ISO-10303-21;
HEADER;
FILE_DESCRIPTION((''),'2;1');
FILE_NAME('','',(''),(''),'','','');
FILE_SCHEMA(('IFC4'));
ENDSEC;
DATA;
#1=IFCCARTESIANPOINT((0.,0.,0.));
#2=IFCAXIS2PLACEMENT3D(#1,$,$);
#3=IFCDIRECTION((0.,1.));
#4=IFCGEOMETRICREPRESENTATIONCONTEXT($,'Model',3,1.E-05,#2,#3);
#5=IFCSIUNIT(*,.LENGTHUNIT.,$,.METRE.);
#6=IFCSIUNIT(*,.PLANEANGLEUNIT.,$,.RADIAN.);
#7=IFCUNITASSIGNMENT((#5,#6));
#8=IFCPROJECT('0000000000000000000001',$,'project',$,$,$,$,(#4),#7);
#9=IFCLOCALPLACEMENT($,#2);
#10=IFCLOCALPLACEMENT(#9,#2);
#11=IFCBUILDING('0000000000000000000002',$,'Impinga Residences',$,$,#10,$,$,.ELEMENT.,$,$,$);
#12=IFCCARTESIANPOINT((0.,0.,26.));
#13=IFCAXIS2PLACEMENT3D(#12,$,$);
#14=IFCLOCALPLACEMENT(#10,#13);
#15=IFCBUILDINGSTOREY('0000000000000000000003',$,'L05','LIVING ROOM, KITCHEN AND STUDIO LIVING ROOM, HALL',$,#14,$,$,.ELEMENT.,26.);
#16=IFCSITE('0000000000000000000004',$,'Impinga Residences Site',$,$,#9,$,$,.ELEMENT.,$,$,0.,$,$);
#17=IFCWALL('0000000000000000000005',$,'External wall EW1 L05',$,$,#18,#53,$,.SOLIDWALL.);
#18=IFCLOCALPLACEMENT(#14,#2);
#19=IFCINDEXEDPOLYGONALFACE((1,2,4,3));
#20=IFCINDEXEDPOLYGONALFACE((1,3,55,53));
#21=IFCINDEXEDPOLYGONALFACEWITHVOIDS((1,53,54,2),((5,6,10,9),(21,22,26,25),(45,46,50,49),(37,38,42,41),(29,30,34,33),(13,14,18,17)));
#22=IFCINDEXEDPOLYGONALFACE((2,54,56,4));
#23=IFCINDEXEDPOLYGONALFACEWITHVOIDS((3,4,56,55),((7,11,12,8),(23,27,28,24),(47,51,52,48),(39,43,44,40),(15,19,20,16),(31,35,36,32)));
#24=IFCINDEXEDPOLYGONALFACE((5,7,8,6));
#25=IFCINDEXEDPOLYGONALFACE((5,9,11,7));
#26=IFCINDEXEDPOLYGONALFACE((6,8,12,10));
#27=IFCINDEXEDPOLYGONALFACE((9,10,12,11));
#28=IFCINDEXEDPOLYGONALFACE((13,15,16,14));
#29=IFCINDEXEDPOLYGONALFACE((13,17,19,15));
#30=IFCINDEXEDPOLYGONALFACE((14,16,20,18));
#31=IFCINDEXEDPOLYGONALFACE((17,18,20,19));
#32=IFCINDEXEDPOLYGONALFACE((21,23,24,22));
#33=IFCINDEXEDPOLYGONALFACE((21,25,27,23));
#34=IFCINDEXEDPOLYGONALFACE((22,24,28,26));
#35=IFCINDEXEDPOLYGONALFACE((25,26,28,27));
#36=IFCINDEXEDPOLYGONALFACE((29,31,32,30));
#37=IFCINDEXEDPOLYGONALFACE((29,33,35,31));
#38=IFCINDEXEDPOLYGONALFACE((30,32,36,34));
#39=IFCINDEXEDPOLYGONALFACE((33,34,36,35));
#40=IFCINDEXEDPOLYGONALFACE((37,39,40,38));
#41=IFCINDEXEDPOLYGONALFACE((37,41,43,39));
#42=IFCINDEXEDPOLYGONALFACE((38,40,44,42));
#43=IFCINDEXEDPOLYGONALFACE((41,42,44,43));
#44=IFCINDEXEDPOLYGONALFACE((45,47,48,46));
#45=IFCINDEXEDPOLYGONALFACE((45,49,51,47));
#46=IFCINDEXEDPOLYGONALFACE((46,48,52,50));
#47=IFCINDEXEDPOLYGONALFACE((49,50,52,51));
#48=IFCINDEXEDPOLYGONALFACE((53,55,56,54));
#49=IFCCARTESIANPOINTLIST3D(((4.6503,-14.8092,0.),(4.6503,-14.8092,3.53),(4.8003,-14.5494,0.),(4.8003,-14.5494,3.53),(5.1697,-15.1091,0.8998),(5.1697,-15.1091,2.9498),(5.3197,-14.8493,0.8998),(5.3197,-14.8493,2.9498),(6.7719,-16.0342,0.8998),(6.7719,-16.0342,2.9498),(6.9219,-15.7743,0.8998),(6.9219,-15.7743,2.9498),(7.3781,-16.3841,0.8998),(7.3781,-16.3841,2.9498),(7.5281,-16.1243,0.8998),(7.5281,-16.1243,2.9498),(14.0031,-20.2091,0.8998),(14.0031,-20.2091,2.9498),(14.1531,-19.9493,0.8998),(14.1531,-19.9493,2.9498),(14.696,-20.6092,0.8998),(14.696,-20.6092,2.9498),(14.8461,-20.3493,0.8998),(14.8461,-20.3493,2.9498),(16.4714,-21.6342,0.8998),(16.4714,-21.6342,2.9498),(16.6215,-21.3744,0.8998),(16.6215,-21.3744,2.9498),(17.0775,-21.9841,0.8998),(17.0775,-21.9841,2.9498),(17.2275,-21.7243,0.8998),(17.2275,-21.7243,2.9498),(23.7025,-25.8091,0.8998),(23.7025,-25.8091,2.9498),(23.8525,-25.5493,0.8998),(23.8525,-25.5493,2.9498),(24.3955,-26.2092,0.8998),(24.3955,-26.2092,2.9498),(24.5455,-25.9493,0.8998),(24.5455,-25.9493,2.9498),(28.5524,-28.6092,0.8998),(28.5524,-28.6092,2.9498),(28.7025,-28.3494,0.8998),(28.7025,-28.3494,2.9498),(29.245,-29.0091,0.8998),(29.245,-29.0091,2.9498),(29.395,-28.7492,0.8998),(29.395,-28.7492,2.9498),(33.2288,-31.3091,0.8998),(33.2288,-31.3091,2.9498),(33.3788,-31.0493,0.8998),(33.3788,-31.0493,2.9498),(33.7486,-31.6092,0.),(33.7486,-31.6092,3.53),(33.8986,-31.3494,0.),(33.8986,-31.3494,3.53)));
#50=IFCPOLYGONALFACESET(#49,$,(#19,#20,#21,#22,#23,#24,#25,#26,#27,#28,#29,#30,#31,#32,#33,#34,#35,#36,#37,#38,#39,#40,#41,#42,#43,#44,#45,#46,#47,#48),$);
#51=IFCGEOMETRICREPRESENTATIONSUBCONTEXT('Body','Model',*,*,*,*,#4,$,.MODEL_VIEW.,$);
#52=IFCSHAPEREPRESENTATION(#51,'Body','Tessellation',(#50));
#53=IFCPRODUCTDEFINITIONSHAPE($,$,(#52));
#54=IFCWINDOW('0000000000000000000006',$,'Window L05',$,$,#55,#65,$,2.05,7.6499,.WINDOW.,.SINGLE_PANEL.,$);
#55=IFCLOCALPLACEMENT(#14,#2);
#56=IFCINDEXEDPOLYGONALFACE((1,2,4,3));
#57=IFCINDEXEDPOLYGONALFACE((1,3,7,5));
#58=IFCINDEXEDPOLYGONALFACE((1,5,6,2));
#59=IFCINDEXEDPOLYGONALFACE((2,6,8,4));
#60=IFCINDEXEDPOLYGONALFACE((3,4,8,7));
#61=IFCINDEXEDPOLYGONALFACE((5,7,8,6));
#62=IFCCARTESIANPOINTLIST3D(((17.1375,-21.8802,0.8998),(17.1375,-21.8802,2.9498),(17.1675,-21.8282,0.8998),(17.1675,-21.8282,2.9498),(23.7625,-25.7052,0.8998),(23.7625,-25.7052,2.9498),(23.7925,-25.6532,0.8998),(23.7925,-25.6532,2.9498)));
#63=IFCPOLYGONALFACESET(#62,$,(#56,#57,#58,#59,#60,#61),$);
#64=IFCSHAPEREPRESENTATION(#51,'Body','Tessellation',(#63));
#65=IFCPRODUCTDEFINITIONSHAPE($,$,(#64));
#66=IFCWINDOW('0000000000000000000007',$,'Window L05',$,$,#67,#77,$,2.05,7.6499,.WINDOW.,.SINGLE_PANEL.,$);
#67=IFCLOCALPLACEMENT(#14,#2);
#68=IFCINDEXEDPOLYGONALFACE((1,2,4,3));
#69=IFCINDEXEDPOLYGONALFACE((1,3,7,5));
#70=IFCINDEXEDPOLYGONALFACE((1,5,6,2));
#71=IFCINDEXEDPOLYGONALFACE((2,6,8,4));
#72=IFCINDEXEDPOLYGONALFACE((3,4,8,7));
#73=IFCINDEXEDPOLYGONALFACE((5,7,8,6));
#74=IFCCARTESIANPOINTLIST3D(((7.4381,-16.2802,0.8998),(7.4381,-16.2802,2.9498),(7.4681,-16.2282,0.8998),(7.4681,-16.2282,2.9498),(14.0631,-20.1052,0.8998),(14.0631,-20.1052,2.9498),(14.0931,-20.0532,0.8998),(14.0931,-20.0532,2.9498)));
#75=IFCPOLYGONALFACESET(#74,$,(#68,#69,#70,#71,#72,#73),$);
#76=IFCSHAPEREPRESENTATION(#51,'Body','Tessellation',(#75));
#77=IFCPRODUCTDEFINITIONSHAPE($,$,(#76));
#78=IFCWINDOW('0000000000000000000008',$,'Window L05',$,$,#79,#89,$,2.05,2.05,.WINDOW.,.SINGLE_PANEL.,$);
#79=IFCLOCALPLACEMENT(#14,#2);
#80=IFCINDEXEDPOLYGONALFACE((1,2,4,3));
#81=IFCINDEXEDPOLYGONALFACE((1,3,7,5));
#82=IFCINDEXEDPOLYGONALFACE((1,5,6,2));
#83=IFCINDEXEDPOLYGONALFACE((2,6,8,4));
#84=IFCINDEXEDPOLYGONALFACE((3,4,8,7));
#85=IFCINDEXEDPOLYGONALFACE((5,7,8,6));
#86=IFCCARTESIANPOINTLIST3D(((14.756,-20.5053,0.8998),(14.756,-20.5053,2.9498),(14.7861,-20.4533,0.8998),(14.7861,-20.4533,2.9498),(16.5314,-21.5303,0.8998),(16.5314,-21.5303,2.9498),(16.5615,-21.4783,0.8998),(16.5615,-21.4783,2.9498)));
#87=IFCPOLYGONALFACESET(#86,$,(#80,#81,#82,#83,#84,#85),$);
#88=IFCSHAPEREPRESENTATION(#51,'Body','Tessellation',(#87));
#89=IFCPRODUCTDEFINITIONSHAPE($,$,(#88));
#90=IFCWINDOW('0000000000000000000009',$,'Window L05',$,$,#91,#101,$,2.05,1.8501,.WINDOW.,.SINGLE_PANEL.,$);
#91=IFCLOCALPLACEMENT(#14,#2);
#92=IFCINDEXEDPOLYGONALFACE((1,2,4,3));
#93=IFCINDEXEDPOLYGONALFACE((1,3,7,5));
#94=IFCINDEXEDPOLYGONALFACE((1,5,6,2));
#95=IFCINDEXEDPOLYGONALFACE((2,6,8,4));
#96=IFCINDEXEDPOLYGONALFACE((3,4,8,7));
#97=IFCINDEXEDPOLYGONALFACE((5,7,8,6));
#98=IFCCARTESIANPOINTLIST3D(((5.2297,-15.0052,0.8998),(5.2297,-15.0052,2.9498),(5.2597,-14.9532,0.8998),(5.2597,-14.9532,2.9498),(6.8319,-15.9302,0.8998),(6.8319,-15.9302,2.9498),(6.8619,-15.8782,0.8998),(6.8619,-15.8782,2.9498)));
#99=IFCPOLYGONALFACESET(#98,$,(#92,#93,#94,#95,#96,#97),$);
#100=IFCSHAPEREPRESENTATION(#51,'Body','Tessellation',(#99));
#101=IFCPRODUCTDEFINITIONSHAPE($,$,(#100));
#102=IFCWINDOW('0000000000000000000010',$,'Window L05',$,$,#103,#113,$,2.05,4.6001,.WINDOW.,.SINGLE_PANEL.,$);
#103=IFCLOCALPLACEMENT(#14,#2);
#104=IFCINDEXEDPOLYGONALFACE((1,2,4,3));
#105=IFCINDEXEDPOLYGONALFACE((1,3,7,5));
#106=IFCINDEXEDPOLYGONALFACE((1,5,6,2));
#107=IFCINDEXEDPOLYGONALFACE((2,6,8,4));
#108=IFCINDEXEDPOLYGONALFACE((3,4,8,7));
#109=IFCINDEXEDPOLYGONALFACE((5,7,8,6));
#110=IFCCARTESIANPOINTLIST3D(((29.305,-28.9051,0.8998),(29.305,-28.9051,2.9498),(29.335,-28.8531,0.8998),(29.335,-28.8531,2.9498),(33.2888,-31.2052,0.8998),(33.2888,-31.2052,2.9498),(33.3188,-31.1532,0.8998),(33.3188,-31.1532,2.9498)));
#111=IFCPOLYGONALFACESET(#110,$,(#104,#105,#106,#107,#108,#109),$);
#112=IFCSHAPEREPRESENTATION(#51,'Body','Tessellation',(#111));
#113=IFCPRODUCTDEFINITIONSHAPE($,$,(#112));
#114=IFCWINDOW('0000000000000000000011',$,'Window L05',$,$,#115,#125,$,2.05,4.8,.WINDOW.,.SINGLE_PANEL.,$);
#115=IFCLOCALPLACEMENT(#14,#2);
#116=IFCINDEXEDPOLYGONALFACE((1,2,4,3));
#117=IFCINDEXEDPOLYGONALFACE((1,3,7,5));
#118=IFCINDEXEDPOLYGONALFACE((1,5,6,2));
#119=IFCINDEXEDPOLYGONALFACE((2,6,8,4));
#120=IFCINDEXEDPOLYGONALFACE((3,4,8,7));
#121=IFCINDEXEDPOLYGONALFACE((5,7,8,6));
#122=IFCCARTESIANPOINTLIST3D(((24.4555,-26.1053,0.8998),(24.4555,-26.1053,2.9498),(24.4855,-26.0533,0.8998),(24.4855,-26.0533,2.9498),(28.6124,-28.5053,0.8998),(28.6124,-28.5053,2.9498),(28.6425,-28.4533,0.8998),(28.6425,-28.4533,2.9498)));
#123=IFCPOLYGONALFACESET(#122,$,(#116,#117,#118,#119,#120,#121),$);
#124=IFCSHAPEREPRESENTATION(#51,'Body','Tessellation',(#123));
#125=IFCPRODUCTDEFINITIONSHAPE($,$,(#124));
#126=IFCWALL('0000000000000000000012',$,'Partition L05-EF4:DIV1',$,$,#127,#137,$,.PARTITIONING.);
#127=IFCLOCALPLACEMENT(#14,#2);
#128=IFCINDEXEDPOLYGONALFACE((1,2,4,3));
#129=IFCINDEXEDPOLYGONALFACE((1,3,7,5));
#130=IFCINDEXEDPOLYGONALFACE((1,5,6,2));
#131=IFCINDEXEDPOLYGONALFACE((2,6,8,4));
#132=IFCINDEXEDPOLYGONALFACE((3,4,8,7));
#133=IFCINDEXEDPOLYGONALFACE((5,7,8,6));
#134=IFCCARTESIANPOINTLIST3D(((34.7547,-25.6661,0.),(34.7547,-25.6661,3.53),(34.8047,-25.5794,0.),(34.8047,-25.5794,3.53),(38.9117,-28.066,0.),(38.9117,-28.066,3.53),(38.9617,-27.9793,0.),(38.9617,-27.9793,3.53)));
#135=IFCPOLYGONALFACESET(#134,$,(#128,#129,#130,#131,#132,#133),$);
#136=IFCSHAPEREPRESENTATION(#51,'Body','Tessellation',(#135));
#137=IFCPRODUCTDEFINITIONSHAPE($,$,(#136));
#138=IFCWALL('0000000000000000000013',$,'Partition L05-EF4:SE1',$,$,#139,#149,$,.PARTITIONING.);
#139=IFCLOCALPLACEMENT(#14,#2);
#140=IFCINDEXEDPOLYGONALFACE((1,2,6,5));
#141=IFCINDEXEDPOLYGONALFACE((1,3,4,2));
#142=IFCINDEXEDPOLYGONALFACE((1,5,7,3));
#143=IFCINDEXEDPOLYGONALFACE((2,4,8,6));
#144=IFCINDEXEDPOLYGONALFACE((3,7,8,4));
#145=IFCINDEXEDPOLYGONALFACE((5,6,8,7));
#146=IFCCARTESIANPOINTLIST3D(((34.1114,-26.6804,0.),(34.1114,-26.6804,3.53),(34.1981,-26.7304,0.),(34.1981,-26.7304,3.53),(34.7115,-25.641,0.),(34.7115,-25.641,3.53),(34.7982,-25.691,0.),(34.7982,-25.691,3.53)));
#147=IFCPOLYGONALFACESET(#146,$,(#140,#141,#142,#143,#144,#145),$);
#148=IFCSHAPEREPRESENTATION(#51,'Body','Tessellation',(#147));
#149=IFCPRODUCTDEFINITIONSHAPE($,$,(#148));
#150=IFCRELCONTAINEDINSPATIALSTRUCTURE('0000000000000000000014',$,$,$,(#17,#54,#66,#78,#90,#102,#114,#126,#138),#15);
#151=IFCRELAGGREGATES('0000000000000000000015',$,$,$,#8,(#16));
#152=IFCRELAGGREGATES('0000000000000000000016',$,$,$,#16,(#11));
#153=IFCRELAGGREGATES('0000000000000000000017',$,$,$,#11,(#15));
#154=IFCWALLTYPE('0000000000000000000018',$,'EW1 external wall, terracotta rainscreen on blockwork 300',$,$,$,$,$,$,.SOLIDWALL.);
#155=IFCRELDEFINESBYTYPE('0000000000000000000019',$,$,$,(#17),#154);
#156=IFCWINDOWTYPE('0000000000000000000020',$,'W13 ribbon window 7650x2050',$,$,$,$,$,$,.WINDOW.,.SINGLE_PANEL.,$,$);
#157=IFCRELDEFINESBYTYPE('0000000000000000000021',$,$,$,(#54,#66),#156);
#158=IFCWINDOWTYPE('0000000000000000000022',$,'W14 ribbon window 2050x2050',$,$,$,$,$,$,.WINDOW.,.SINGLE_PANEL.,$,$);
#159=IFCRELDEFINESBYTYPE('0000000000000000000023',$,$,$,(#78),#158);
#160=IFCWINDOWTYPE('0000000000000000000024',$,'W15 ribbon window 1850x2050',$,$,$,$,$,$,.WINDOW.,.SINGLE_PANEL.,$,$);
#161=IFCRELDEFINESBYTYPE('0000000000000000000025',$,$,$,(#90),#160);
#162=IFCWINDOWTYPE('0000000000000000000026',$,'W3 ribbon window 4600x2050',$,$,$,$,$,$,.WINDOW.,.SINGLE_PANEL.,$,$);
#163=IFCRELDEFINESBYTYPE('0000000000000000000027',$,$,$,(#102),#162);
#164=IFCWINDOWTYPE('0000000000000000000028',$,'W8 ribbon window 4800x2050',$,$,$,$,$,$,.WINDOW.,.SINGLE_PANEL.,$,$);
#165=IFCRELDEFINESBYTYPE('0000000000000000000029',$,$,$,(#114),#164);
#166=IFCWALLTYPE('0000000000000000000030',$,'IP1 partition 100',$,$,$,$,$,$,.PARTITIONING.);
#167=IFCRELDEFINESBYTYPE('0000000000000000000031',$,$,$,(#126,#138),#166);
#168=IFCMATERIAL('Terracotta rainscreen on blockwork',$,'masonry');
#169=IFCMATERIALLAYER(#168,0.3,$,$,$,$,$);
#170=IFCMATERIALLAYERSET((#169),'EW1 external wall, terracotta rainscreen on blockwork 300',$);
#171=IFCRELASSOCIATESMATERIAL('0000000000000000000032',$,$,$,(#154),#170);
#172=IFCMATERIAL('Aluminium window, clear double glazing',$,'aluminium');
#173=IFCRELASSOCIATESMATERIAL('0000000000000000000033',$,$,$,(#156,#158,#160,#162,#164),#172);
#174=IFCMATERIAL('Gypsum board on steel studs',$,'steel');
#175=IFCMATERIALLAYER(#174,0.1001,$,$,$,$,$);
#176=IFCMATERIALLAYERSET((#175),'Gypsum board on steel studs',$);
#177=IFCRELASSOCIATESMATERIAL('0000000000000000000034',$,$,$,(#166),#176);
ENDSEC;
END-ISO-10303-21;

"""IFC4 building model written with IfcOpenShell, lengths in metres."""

from ifc_helpers import new_model, si_unit, direction, frame, frame_2d, origin, place, context, subcontext, project, spatial, rectangle, extrude, material, layer, layer_set, type_object, element, fill, save


model = new_model("IFC4")

# Units and contexts
model_context = context("Model", 3, precision=1e-05, world=origin(), true_north=direction((0.0, 1.0)))
body_context = subcontext(model_context, "Body", "Model", "MODEL_VIEW")
ifc_project = project(units=[si_unit("LENGTHUNIT", "METRE"), si_unit("PLANEANGLEUNIT", "RADIAN")], contexts=[model_context])

# Site, building, storey
site_placement = place(None, origin())
site = spatial("IfcSite", under=ifc_project, at=site_placement, Name="Impinga Residences Site", CompositionType="ELEMENT", RefElevation=0.0)
building_placement = place(site_placement, origin())
building = spatial("IfcBuilding", under=site, at=building_placement, Name="Impinga Residences", CompositionType="ELEMENT")
storey_placement = place(building_placement, frame((0.0, 0.0, 26.0)))
storey = spatial("IfcBuildingStorey", under=building, at=storey_placement, Name="L05", Description="LIVING ROOM, KITCHEN AND STUDIO LIVING ROOM, HALL", CompositionType="ELEMENT", Elevation=26.0)

# Shared definitions
ifc_material_1 = material(Name="Terracotta rainscreen on blockwork", Category="masonry")
ifc_layer_1 = layer(ifc_material_1, 0.3)
ifc_layer_set_1 = layer_set([ifc_layer_1], Name="EW1 external wall, terracotta rainscreen on blockwork 300")
wall_type_1 = type_object("IfcWallType", Name="EW1 external wall, terracotta rainscreen on blockwork 300", PredefinedType="SOLIDWALL", material=ifc_layer_set_1)

# Wall, openings, windows
wall_1_placement = place(storey_placement, frame((33.8235, -31.4792, 0.0), z_axis=(0.0, 0.0, 1.0), x_axis=(-0.866024, 0.500002, 0.0)))
wall_1 = element("IfcWall", 1, at=wall_1_placement, inside=storey, type_object=wall_type_1, Name="External wall EW1 L05", PredefinedType="SOLIDWALL", context=body_context, shape_type="SweptSolid", body=[
    extrude(rectangle(XDim=33.5999, YDim=0.3, at=frame_2d((16.7998, 0.0))), origin(), (0.0, 0.0, 1.0), 3.53),
])
opening_1_placement = place(wall_1_placement, frame((0.6001, 0.0, 0.8999)))
opening_1 = element("IfcOpeningElement", 2, at=opening_1_placement, cuts=wall_1, PredefinedType="OPENING", context=body_context, shape_type="SweptSolid", body=[
    extrude(rectangle(XDim=4.6001, YDim=2.05, at=frame_2d((2.3, 1.0249))), frame((0.0, 0.1599, 0.0), z_axis=(0.0, -1.0, 0.0), x_axis=(1.0, 0.0, 0.0)), (0.0, 0.0, 1.0), 0.3201),
])
opening_2_placement = place(wall_1_placement, frame((6.0, 0.0, 0.8999)))
opening_2 = element("IfcOpeningElement", 3, at=opening_2_placement, cuts=wall_1, PredefinedType="OPENING", context=body_context, shape_type="SweptSolid", body=[
    extrude(rectangle(XDim=4.8, YDim=2.05, at=frame_2d((2.3999, 1.0249))), frame((0.0, 0.1599, 0.0), z_axis=(0.0, -1.0, 0.0), x_axis=(1.0, 0.0, 0.0)), (0.0, 0.0, 1.0), 0.3201),
])
opening_3_placement = place(wall_1_placement, frame((11.6001, 0.0, 0.8999)))
opening_3 = element("IfcOpeningElement", 4, at=opening_3_placement, cuts=wall_1, PredefinedType="OPENING", context=body_context, shape_type="SweptSolid", body=[
    extrude(rectangle(XDim=7.6499, YDim=2.05, at=frame_2d((3.825, 1.0249))), frame((0.0, 0.1599, 0.0), z_axis=(0.0, -1.0, 0.0), x_axis=(1.0, 0.0, 0.0)), (0.0, 0.0, 1.0), 0.3201),
])
opening_4_placement = place(wall_1_placement, frame((19.95, 0.0, 0.8999)))
opening_4 = element("IfcOpeningElement", 5, at=opening_4_placement, cuts=wall_1, PredefinedType="OPENING", context=body_context, shape_type="SweptSolid", body=[
    extrude(rectangle(XDim=2.05, YDim=2.05, at=frame_2d((1.0249, 1.0249))), frame((0.0, 0.1599, 0.0), z_axis=(0.0, -1.0, 0.0), x_axis=(1.0, 0.0, 0.0)), (0.0, 0.0, 1.0), 0.3201),
])
opening_5_placement = place(wall_1_placement, frame((22.8, 0.0, 0.8999)))
opening_5 = element("IfcOpeningElement", 6, at=opening_5_placement, cuts=wall_1, PredefinedType="OPENING", context=body_context, shape_type="SweptSolid", body=[
    extrude(rectangle(XDim=7.6499, YDim=2.05, at=frame_2d((3.825, 1.0249))), frame((0.0, 0.1599, 0.0), z_axis=(0.0, -1.0, 0.0), x_axis=(1.0, 0.0, 0.0)), (0.0, 0.0, 1.0), 0.3201),
])
opening_6_placement = place(wall_1_placement, frame((31.1499, 0.0, 0.8999)))
opening_6 = element("IfcOpeningElement", 7, at=opening_6_placement, cuts=wall_1, PredefinedType="OPENING", context=body_context, shape_type="SweptSolid", body=[
    extrude(rectangle(XDim=1.8501, YDim=2.05, at=frame_2d((0.925, 1.0249))), frame((0.0, 0.1599, 0.0), z_axis=(0.0, -1.0, 0.0), x_axis=(1.0, 0.0, 0.0)), (0.0, 0.0, 1.0), 0.3201),
])
ifc_material_2 = material(Name="Aluminium window, clear double glazing", Category="aluminium")
window_type_1 = type_object("IfcWindowType", Name="W13 ribbon window 7650x2050", PartitioningType="SINGLE_PANEL", PredefinedType="WINDOW", material=ifc_material_2)
window_1_placement = place(opening_3_placement, origin())
window_1 = element("IfcWindow", 8, at=window_1_placement, inside=storey, type_object=window_type_1, Name="Window L05", OverallHeight=2.05, OverallWidth=7.6499, PartitioningType="SINGLE_PANEL", PredefinedType="WINDOW", context=body_context, shape_type="SweptSolid", body=[
    extrude(rectangle(XDim=7.6499, YDim=2.05, at=frame_2d((3.825, 1.0249))), frame((0.0, 0.03, 0.0), z_axis=(0.0, -1.0, 0.0), x_axis=(1.0, 0.0, 0.0)), (0.0, 0.0, 1.0), 0.0601),
])
fill(opening_3, window_1)
window_2_placement = place(opening_5_placement, origin())
window_2 = element("IfcWindow", 9, at=window_2_placement, inside=storey, type_object=window_type_1, Name="Window L05", OverallHeight=2.05, OverallWidth=7.6499, PartitioningType="SINGLE_PANEL", PredefinedType="WINDOW", context=body_context, shape_type="SweptSolid", body=[
    extrude(rectangle(XDim=7.6499, YDim=2.05, at=frame_2d((3.825, 1.0249))), frame((0.0, 0.03, 0.0), z_axis=(0.0, -1.0, 0.0), x_axis=(1.0, 0.0, 0.0)), (0.0, 0.0, 1.0), 0.0601),
])
fill(opening_5, window_2)
window_type_2 = type_object("IfcWindowType", Name="W14 ribbon window 2050x2050", PartitioningType="SINGLE_PANEL", PredefinedType="WINDOW", material=ifc_material_2)
window_3_placement = place(opening_4_placement, origin())
window_3 = element("IfcWindow", 10, at=window_3_placement, inside=storey, type_object=window_type_2, Name="Window L05", OverallHeight=2.05, OverallWidth=2.05, PartitioningType="SINGLE_PANEL", PredefinedType="WINDOW", context=body_context, shape_type="SweptSolid", body=[
    extrude(rectangle(XDim=2.05, YDim=2.05, at=frame_2d((1.0249, 1.0249))), frame((0.0, 0.03, 0.0), z_axis=(0.0, -1.0, 0.0), x_axis=(1.0, 0.0, 0.0)), (0.0, 0.0, 1.0), 0.0601),
])
fill(opening_4, window_3)
window_type_3 = type_object("IfcWindowType", Name="W15 ribbon window 1850x2050", PartitioningType="SINGLE_PANEL", PredefinedType="WINDOW", material=ifc_material_2)
window_4_placement = place(opening_6_placement, origin())
window_4 = element("IfcWindow", 11, at=window_4_placement, inside=storey, type_object=window_type_3, Name="Window L05", OverallHeight=2.05, OverallWidth=1.8501, PartitioningType="SINGLE_PANEL", PredefinedType="WINDOW", context=body_context, shape_type="SweptSolid", body=[
    extrude(rectangle(XDim=1.8501, YDim=2.05, at=frame_2d((0.925, 1.0249))), frame((0.0, 0.03, 0.0), z_axis=(0.0, -1.0, 0.0), x_axis=(1.0, 0.0, 0.0)), (0.0, 0.0, 1.0), 0.0601),
])
fill(opening_6, window_4)
window_type_4 = type_object("IfcWindowType", Name="W3 ribbon window 4600x2050", PartitioningType="SINGLE_PANEL", PredefinedType="WINDOW", material=ifc_material_2)
window_5_placement = place(opening_1_placement, origin())
window_5 = element("IfcWindow", 12, at=window_5_placement, inside=storey, type_object=window_type_4, Name="Window L05", OverallHeight=2.05, OverallWidth=4.6001, PartitioningType="SINGLE_PANEL", PredefinedType="WINDOW", context=body_context, shape_type="SweptSolid", body=[
    extrude(rectangle(XDim=4.6001, YDim=2.05, at=frame_2d((2.3, 1.0249))), frame((0.0, 0.03, 0.0), z_axis=(0.0, -1.0, 0.0), x_axis=(1.0, 0.0, 0.0)), (0.0, 0.0, 1.0), 0.0601),
])
fill(opening_1, window_5)
window_type_5 = type_object("IfcWindowType", Name="W8 ribbon window 4800x2050", PartitioningType="SINGLE_PANEL", PredefinedType="WINDOW", material=ifc_material_2)
window_6_placement = place(opening_2_placement, origin())
window_6 = element("IfcWindow", 13, at=window_6_placement, inside=storey, type_object=window_type_5, Name="Window L05", OverallHeight=2.05, OverallWidth=4.8, PartitioningType="SINGLE_PANEL", PredefinedType="WINDOW", context=body_context, shape_type="SweptSolid", body=[
    extrude(rectangle(XDim=4.8, YDim=2.05, at=frame_2d((2.3999, 1.0249))), frame((0.0, 0.03, 0.0), z_axis=(0.0, -1.0, 0.0), x_axis=(1.0, 0.0, 0.0)), (0.0, 0.0, 1.0), 0.0601),
])
fill(opening_2, window_6)

# Walls
ifc_material_3 = material(Name="Gypsum board on steel studs", Category="steel")
ifc_layer_2 = layer(ifc_material_3, 0.1001)
ifc_layer_set_2 = layer_set([ifc_layer_2], Name="Gypsum board on steel studs")
wall_type_2 = type_object("IfcWallType", Name="IP1 partition 100", PredefinedType="PARTITIONING", material=ifc_layer_set_2)
wall_2_placement = place(storey_placement, frame((34.7798, -25.6228, 0.0), z_axis=(0.0, 0.0, 1.0), x_axis=(0.866037, -0.499979, 0.0)))
element("IfcWall", 14, at=wall_2_placement, inside=storey, type_object=wall_type_2, Name="Partition L05-EF4:DIV1", PredefinedType="PARTITIONING", context=body_context, shape_type="SweptSolid", body=[
    extrude(rectangle(XDim=4.8, YDim=0.1001, at=frame_2d((2.3999, 0.0))), origin(), (0.0, 0.0, 1.0), 3.53),
])
wall_3_placement = place(storey_placement, frame((34.7549, -25.666, 0.0), z_axis=(0.0, 0.0, 1.0), x_axis=(-0.500034, -0.866006, 0.0)))
element("IfcWall", 15, at=wall_3_placement, inside=storey, type_object=wall_type_2, Name="Partition L05-EF4:SE1", PredefinedType="PARTITIONING", context=body_context, shape_type="SweptSolid", body=[
    extrude(rectangle(XDim=1.2002, YDim=0.1001, at=frame_2d((0.6001, 0.0))), origin(), (0.0, 0.0, 1.0), 3.53),
])

save(model, "model.ifc")
